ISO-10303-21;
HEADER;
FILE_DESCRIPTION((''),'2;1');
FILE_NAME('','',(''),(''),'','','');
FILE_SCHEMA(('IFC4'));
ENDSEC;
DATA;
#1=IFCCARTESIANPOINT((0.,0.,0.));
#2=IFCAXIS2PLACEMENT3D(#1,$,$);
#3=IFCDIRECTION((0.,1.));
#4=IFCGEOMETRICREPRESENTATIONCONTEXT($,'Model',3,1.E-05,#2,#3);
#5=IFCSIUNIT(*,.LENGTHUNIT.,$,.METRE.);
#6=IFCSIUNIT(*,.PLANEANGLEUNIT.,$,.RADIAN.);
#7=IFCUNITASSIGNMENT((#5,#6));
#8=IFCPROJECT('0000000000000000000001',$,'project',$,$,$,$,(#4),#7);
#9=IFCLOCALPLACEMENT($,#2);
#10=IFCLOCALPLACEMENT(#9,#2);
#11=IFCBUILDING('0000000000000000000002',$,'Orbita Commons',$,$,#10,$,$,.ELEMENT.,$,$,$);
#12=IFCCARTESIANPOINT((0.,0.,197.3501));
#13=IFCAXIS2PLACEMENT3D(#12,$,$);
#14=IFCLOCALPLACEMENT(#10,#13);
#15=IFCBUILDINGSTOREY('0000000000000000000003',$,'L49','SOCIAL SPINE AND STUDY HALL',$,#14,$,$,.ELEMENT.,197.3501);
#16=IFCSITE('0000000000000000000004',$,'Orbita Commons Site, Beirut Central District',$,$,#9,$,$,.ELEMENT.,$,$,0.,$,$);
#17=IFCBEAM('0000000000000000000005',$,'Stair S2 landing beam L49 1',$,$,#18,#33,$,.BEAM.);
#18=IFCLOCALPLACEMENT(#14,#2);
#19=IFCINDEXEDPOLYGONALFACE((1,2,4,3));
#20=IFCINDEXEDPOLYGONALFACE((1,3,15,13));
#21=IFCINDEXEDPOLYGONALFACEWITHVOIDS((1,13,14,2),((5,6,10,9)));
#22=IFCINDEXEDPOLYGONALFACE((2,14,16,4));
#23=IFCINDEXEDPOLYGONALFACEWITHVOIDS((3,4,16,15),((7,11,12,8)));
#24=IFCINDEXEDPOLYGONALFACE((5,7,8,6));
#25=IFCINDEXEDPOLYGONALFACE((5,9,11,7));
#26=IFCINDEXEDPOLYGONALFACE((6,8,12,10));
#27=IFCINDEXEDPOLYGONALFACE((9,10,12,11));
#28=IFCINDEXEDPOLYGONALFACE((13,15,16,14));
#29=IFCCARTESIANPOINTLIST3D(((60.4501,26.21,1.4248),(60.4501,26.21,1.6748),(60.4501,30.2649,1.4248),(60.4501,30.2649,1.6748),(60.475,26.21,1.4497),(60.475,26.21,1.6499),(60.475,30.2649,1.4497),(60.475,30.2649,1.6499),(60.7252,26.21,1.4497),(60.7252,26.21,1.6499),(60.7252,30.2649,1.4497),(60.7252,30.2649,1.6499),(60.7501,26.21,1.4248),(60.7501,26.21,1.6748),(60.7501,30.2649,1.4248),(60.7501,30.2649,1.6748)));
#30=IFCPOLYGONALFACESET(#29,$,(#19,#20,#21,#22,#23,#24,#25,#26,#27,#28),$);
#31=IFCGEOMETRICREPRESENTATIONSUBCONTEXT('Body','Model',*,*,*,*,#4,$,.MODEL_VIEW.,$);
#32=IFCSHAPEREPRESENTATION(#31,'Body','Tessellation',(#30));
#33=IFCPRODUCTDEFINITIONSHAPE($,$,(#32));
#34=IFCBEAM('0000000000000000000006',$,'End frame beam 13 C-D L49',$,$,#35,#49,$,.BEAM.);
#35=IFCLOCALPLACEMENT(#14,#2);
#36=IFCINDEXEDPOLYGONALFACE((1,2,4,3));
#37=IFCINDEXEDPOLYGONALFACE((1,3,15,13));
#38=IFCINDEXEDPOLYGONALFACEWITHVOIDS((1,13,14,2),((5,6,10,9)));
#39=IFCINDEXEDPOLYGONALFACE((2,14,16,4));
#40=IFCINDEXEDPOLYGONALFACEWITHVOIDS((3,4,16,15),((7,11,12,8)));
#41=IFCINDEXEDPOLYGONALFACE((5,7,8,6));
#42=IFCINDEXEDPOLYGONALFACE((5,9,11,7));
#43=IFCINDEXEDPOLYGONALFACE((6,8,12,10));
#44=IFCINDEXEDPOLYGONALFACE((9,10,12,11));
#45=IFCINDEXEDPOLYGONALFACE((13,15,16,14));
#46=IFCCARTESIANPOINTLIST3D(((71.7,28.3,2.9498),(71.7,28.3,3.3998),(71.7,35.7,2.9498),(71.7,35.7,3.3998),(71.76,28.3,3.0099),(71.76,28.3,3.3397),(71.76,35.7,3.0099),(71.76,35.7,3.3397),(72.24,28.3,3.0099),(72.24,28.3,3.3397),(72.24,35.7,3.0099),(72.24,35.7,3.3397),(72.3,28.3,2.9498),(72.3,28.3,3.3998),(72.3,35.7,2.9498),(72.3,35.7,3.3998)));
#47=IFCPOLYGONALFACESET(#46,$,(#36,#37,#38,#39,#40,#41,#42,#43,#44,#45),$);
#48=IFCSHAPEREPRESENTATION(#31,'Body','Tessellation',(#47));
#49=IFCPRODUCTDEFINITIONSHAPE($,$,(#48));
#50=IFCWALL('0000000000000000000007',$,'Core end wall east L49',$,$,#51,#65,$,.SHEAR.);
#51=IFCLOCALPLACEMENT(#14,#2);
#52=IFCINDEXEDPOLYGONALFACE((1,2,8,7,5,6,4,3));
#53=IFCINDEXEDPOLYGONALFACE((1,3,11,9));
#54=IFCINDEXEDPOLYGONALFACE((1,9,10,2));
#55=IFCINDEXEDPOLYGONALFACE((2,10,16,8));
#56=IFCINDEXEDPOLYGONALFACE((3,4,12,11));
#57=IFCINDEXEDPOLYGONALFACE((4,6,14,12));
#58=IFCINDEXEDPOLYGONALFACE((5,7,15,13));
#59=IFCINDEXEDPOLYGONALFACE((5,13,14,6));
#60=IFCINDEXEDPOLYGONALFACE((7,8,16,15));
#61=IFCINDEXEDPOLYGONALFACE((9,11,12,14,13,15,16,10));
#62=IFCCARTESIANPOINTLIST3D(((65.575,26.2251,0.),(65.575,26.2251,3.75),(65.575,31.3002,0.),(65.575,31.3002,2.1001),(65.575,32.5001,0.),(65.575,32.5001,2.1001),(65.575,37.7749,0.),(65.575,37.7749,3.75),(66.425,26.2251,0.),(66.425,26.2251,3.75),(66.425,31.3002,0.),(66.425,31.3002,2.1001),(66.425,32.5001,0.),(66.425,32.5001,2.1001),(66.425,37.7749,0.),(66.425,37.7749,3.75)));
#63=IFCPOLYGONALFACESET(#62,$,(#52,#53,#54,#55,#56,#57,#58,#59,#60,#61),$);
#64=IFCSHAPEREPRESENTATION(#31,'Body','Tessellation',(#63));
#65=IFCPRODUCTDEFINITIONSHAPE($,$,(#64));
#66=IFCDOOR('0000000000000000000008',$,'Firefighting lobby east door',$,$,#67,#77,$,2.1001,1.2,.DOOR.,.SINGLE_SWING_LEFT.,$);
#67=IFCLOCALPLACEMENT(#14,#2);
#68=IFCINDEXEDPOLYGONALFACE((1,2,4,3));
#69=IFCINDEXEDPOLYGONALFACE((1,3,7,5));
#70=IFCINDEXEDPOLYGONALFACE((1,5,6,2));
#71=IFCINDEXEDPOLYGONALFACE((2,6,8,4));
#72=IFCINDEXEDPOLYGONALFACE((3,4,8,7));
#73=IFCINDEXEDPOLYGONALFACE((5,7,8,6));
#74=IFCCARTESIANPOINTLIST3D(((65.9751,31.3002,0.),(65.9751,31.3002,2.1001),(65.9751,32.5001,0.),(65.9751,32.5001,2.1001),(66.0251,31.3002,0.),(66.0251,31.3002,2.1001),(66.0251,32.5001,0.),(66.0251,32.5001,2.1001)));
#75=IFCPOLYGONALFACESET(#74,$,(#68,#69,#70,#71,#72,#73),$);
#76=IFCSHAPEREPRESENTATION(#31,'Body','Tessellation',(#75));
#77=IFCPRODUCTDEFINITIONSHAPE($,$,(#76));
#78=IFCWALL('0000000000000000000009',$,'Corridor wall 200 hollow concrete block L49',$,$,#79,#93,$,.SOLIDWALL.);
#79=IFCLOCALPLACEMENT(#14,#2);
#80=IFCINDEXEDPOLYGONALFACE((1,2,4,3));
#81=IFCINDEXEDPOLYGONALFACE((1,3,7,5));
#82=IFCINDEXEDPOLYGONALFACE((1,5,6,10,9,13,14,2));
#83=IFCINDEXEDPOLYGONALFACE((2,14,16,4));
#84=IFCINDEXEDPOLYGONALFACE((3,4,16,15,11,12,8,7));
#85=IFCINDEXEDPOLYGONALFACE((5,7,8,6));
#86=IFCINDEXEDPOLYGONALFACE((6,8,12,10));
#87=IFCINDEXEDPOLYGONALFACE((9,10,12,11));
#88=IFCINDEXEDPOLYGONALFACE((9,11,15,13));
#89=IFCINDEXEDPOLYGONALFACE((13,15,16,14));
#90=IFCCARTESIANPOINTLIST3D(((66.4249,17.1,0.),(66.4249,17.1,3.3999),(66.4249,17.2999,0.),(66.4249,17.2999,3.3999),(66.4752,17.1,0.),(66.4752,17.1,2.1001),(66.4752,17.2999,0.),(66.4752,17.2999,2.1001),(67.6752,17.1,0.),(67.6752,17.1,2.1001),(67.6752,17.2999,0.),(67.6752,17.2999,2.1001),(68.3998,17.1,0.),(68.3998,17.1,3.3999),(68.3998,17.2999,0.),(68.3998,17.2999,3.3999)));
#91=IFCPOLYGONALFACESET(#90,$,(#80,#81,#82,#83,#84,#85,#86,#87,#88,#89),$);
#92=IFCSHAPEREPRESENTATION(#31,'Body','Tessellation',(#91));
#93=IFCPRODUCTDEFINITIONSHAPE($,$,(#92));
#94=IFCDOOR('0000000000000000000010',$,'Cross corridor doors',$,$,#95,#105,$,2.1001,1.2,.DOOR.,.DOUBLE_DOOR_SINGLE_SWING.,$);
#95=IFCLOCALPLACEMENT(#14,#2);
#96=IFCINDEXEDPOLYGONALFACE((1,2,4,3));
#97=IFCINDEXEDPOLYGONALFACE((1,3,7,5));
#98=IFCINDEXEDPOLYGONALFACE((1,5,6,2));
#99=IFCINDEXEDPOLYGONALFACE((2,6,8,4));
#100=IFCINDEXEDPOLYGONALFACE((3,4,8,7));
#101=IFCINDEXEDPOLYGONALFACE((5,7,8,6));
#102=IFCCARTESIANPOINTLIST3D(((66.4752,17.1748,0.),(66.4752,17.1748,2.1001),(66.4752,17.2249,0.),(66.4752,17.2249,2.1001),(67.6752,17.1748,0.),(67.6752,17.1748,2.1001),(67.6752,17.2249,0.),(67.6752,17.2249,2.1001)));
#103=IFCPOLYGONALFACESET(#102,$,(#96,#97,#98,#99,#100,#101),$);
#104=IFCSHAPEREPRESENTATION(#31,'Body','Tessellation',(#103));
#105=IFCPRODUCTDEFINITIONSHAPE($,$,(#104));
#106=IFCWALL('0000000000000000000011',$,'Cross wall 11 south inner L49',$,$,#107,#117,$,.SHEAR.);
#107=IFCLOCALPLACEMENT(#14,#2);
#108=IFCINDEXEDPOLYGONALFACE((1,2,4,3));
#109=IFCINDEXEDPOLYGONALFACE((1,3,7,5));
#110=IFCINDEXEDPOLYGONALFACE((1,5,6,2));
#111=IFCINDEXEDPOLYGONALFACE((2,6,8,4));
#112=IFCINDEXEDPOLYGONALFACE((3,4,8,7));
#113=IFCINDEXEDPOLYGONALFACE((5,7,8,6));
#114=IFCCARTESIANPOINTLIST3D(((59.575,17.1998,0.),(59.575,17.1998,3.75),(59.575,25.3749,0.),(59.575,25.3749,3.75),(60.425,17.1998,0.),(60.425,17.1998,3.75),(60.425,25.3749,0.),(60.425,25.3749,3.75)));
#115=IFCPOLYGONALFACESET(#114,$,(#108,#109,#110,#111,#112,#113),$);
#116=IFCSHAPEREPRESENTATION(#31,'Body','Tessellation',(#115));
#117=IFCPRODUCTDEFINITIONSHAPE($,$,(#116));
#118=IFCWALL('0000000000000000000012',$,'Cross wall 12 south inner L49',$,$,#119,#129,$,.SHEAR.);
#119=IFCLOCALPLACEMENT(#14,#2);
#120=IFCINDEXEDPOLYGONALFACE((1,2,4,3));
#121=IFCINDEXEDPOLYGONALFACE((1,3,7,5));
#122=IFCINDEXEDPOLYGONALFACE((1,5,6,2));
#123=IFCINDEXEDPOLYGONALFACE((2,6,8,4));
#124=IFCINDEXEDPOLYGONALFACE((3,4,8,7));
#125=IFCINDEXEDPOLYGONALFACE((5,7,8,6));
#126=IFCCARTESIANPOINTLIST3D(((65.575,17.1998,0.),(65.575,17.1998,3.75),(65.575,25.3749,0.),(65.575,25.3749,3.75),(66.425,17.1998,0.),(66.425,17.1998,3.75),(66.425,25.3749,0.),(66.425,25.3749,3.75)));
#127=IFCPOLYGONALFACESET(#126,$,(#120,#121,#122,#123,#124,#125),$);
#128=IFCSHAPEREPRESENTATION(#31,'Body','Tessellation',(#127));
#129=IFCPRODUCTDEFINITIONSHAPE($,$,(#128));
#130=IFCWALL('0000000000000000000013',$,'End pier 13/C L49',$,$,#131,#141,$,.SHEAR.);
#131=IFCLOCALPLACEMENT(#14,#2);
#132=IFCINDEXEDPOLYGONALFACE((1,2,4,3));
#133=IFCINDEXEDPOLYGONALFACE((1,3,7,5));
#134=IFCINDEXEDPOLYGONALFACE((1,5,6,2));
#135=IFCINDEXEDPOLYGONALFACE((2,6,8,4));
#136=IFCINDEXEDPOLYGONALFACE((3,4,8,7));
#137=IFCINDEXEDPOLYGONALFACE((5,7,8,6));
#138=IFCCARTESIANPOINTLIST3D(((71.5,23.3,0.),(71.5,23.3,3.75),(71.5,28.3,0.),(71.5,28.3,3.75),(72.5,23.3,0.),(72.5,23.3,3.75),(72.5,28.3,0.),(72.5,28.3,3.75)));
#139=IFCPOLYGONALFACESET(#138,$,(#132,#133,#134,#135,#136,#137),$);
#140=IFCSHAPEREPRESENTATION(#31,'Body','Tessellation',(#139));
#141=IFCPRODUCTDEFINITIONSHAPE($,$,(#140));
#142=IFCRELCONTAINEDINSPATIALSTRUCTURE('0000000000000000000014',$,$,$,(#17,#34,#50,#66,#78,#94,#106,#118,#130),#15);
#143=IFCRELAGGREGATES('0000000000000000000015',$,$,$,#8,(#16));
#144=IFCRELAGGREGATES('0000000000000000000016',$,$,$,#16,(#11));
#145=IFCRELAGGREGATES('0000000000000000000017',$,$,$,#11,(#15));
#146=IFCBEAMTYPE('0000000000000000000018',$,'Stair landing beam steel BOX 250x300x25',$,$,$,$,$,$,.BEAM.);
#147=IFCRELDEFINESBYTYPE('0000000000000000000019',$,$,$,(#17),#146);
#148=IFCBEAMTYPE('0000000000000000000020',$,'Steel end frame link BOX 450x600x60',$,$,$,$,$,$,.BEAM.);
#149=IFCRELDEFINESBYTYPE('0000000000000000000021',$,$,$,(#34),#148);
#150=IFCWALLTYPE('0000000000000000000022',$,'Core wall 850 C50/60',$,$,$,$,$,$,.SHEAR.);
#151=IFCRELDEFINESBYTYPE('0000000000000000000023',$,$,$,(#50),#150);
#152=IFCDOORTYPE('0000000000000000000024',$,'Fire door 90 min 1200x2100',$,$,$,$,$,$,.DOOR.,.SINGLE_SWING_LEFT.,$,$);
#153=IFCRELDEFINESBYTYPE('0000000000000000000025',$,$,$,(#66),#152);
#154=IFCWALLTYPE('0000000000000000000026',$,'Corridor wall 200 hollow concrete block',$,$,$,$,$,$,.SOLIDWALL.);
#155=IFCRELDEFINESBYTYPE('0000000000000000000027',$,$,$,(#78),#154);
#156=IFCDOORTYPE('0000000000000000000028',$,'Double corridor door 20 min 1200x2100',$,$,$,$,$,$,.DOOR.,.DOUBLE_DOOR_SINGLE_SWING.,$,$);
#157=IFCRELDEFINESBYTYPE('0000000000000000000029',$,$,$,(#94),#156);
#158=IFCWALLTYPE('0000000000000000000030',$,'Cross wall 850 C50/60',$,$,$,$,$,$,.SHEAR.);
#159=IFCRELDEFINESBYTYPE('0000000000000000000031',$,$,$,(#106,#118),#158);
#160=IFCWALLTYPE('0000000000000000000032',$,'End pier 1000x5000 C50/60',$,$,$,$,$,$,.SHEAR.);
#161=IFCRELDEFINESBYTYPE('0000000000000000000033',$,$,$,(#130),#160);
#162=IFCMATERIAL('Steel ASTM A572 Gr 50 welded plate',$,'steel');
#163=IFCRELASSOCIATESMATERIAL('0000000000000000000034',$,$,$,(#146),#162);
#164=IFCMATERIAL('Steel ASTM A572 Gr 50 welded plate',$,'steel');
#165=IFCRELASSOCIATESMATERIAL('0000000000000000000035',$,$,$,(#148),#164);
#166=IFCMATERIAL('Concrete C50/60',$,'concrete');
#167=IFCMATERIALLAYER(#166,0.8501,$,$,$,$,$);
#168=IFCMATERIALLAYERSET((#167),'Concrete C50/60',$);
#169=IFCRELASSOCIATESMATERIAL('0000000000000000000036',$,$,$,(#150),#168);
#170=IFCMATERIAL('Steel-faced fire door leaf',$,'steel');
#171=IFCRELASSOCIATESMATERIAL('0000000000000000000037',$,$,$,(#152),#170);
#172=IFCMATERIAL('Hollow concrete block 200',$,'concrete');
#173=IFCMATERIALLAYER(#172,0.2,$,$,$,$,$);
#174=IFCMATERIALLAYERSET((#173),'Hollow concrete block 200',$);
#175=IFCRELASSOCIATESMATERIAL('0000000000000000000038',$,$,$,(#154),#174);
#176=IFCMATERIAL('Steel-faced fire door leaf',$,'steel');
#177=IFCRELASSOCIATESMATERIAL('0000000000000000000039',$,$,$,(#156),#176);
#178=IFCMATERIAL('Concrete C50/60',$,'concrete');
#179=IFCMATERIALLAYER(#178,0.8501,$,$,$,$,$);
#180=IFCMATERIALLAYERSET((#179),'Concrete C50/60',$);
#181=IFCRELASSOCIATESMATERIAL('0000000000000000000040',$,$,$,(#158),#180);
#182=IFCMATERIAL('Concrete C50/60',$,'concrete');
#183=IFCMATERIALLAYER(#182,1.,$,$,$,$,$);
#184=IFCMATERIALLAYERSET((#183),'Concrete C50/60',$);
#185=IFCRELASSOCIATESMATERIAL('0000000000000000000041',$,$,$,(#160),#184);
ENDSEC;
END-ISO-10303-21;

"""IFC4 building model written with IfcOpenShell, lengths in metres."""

from ifc_helpers import new_model, si_unit, direction, frame, frame_2d, origin, origin_2d, place, context, subcontext, project, spatial, rectangle, hollow_rectangle, extrude, material, layer, layer_set, material_profile, profile_set, type_object, element, fill, save


model = new_model("IFC4")

# Units and contexts
model_context = context("Model", 3, precision=1e-05, world=origin(), true_north=direction((0.0, 1.0)))
body_context = subcontext(model_context, "Body", "Model", "MODEL_VIEW")
ifc_project = project(units=[si_unit("LENGTHUNIT", "METRE"), si_unit("PLANEANGLEUNIT", "RADIAN")], contexts=[model_context])

# Site, building, storey
site_placement = place(None, origin())
site = spatial("IfcSite", under=ifc_project, at=site_placement, Name="Orbita Commons Site, Beirut Central District", CompositionType="ELEMENT", RefElevation=0.0)
building_placement = place(site_placement, origin())
building = spatial("IfcBuilding", under=site, at=building_placement, Name="Orbita Commons", CompositionType="ELEMENT")
storey_placement = place(building_placement, frame((0.0, 0.0, 197.3501)))
storey = spatial("IfcBuildingStorey", under=building, at=storey_placement, Name="L49", Description="SOCIAL SPINE AND STUDY HALL", CompositionType="ELEMENT", Elevation=197.3501)

# Beams
ifc_material_1 = material(Name="Steel ASTM A572 Gr 50 welded plate", Category="steel")
ifc_material_profile_1 = material_profile(ifc_material_1, hollow_rectangle(XDim=0.3, YDim=0.25, WallThickness=0.0249, at=origin_2d()), Name="BOX 250x300x25")
ifc_profile_set_1 = profile_set([ifc_material_profile_1], Name="Steel ASTM A572 Gr 50 welded plate")
beam_type_1 = type_object("IfcBeamType", Name="Stair landing beam steel BOX 250x300x25", PredefinedType="BEAM", material=ifc_profile_set_1)
beam_1_placement = place(storey_placement, frame((60.6001, 26.21, 1.5498), z_axis=(0.0, 1.0, 0.0), x_axis=(-1.0, 0.0, 0.0)))
element("IfcBeam", 1, at=beam_1_placement, inside=storey, type_object=beam_type_1, Name="Stair S2 landing beam L49 1", PredefinedType="BEAM", context=body_context, shape_type="SweptSolid", body=[
    extrude(hollow_rectangle(XDim=0.3, YDim=0.25, WallThickness=0.0249, at=origin_2d()), origin(), (0.0, 0.0, 1.0), 4.0549),
])
ifc_material_2 = material(Name="Steel ASTM A572 Gr 50 welded plate", Category="steel")
ifc_material_profile_2 = material_profile(ifc_material_2, hollow_rectangle(XDim=0.6001, YDim=0.45, WallThickness=0.0601, at=origin_2d()), Name="BOX 450x600x60")
ifc_profile_set_2 = profile_set([ifc_material_profile_2], Name="Steel ASTM A572 Gr 50 welded plate")
beam_type_2 = type_object("IfcBeamType", Name="Steel end frame link BOX 450x600x60", PredefinedType="BEAM", material=ifc_profile_set_2)
beam_2_placement = place(storey_placement, frame((72.0, 28.3, 3.1748), z_axis=(0.0, 1.0, 0.0), x_axis=(-1.0, 0.0, 0.0)))
element("IfcBeam", 2, at=beam_2_placement, inside=storey, type_object=beam_type_2, Name="End frame beam 13 C-D L49", PredefinedType="BEAM", context=body_context, shape_type="SweptSolid", body=[
    extrude(hollow_rectangle(XDim=0.6001, YDim=0.45, WallThickness=0.0601, at=origin_2d()), origin(), (0.0, 0.0, 1.0), 7.3999),
])

# Walls, openings, doors
ifc_material_3 = material(Name="Concrete C50/60", Category="concrete")
ifc_layer_1 = layer(ifc_material_3, 0.8501)
ifc_layer_set_1 = layer_set([ifc_layer_1], Name="Concrete C50/60")
wall_type_1 = type_object("IfcWallType", Name="Core wall 850 C50/60", PredefinedType="SHEAR", material=ifc_layer_set_1)
wall_1_placement = place(storey_placement, frame((66.0, 26.2251, 0.0), z_axis=(0.0, 0.0, 1.0), x_axis=(0.0, 1.0, 0.0)))
wall_1 = element("IfcWall", 3, at=wall_1_placement, inside=storey, type_object=wall_type_1, Name="Core end wall east L49", PredefinedType="SHEAR", context=body_context, shape_type="SweptSolid", body=[
    extrude(rectangle(XDim=11.5498, YDim=0.8501, at=frame_2d((5.7749, 0.0))), origin(), (0.0, 0.0, 1.0), 3.75),
])
opening_1_placement = place(wall_1_placement, frame((5.075, 0.0, 0.0)))
opening_1 = element("IfcOpeningElement", 4, at=opening_1_placement, cuts=wall_1, PredefinedType="OPENING", context=body_context, shape_type="SweptSolid", body=[
    extrude(rectangle(XDim=1.2, YDim=2.1001, at=frame_2d((0.6001, 1.05))), frame((0.0, 0.4351, 0.0), z_axis=(0.0, -1.0, 0.0), x_axis=(1.0, 0.0, 0.0)), (0.0, 0.0, 1.0), 0.8701),
])
ifc_material_4 = material(Name="Steel-faced fire door leaf", Category="steel")
door_type_1 = type_object("IfcDoorType", Name="Fire door 90 min 1200x2100", OperationType="SINGLE_SWING_LEFT", PredefinedType="DOOR", material=ifc_material_4)
door_1_placement = place(opening_1_placement, origin())
door_1 = element("IfcDoor", 5, at=door_1_placement, inside=storey, type_object=door_type_1, Name="Firefighting lobby east door", OperationType="SINGLE_SWING_LEFT", OverallHeight=2.1001, OverallWidth=1.2, PredefinedType="DOOR", context=body_context, shape_type="SweptSolid", body=[
    extrude(rectangle(XDim=1.2, YDim=2.1001, at=frame_2d((0.6001, 1.05))), frame((0.0, 0.0249, 0.0), z_axis=(0.0, -1.0, 0.0), x_axis=(1.0, 0.0, 0.0)), (0.0, 0.0, 1.0), 0.05),
])
fill(opening_1, door_1)
ifc_material_5 = material(Name="Hollow concrete block 200", Category="concrete")
ifc_layer_2 = layer(ifc_material_5, 0.2)
ifc_layer_set_2 = layer_set([ifc_layer_2], Name="Hollow concrete block 200")
wall_type_2 = type_object("IfcWallType", Name="Corridor wall 200 hollow concrete block", PredefinedType="SOLIDWALL", material=ifc_layer_set_2)
wall_2_placement = place(storey_placement, frame((66.425, 17.2, 0.0), z_axis=(0.0, 0.0, 1.0), x_axis=(1.0, 0.0, 0.0)))
wall_2 = element("IfcWall", 6, at=wall_2_placement, inside=storey, type_object=wall_type_2, Name="Corridor wall 200 hollow concrete block L49", PredefinedType="SOLIDWALL", context=body_context, shape_type="SweptSolid", body=[
    extrude(rectangle(XDim=1.9749, YDim=0.2, at=frame_2d((0.9873, 0.0))), origin(), (0.0, 0.0, 1.0), 3.3999),
])
opening_2_placement = place(wall_2_placement, frame((0.05, 0.0, 0.0)))
opening_2 = element("IfcOpeningElement", 7, at=opening_2_placement, cuts=wall_2, PredefinedType="OPENING", context=body_context, shape_type="SweptSolid", body=[
    extrude(rectangle(XDim=1.2, YDim=2.1001, at=frame_2d((0.6001, 1.05))), frame((0.0, 0.1099, 0.0), z_axis=(0.0, -1.0, 0.0), x_axis=(1.0, 0.0, 0.0)), (0.0, 0.0, 1.0), 0.22),
])
ifc_material_6 = material(Name="Steel-faced fire door leaf", Category="steel")
door_type_2 = type_object("IfcDoorType", Name="Double corridor door 20 min 1200x2100", OperationType="DOUBLE_DOOR_SINGLE_SWING", PredefinedType="DOOR", material=ifc_material_6)
door_2_placement = place(opening_2_placement, origin())
door_2 = element("IfcDoor", 8, at=door_2_placement, inside=storey, type_object=door_type_2, Name="Cross corridor doors", OperationType="DOUBLE_DOOR_SINGLE_SWING", OverallHeight=2.1001, OverallWidth=1.2, PredefinedType="DOOR", context=body_context, shape_type="SweptSolid", body=[
    extrude(rectangle(XDim=1.2, YDim=2.1001, at=frame_2d((0.6001, 1.05))), frame((0.0, 0.0249, 0.0), z_axis=(0.0, -1.0, 0.0), x_axis=(1.0, 0.0, 0.0)), (0.0, 0.0, 1.0), 0.05),
])
fill(opening_2, door_2)

# Walls
ifc_material_7 = material(Name="Concrete C50/60", Category="concrete")
ifc_layer_3 = layer(ifc_material_7, 0.8501)
ifc_layer_set_3 = layer_set([ifc_layer_3], Name="Concrete C50/60")
wall_type_3 = type_object("IfcWallType", Name="Cross wall 850 C50/60", PredefinedType="SHEAR", material=ifc_layer_set_3)
for number, where, z_axis, x_axis, name in (
    (9, (60.0, 17.2, 0.0), (0.0, 0.0, 1.0), (0.0, 1.0, 0.0), "Cross wall 11 south inner L49"),
    (10, (66.0, 17.2, 0.0), (0.0, 0.0, 1.0), (0.0, 1.0, 0.0), "Cross wall 12 south inner L49"),
):
    element("IfcWall", number, at=place(storey_placement, frame(where, z_axis=z_axis, x_axis=x_axis)), inside=storey, type_object=wall_type_3, Name=name, PredefinedType="SHEAR", context=body_context, shape_type="SweptSolid", body=[
        extrude(rectangle(XDim=8.175, YDim=0.8501, at=frame_2d((4.0874, 0.0))), origin(), (0.0, 0.0, 1.0), 3.75),
    ])
ifc_material_8 = material(Name="Concrete C50/60", Category="concrete")
ifc_layer_4 = layer(ifc_material_8, 1.0)
ifc_layer_set_4 = layer_set([ifc_layer_4], Name="Concrete C50/60")
wall_type_4 = type_object("IfcWallType", Name="End pier 1000x5000 C50/60", PredefinedType="SHEAR", material=ifc_layer_set_4)
wall_3_placement = place(storey_placement, frame((72.0, 23.3, 0.0), z_axis=(0.0, 0.0, 1.0), x_axis=(0.0, 1.0, 0.0)))
element("IfcWall", 11, at=wall_3_placement, inside=storey, type_object=wall_type_4, Name="End pier 13/C L49", PredefinedType="SHEAR", context=body_context, shape_type="SweptSolid", body=[
    extrude(rectangle(XDim=5.0, YDim=1.0, at=frame_2d((2.5, 0.0))), origin(), (0.0, 0.0, 1.0), 3.75),
])

save(model, "model.ifc")
